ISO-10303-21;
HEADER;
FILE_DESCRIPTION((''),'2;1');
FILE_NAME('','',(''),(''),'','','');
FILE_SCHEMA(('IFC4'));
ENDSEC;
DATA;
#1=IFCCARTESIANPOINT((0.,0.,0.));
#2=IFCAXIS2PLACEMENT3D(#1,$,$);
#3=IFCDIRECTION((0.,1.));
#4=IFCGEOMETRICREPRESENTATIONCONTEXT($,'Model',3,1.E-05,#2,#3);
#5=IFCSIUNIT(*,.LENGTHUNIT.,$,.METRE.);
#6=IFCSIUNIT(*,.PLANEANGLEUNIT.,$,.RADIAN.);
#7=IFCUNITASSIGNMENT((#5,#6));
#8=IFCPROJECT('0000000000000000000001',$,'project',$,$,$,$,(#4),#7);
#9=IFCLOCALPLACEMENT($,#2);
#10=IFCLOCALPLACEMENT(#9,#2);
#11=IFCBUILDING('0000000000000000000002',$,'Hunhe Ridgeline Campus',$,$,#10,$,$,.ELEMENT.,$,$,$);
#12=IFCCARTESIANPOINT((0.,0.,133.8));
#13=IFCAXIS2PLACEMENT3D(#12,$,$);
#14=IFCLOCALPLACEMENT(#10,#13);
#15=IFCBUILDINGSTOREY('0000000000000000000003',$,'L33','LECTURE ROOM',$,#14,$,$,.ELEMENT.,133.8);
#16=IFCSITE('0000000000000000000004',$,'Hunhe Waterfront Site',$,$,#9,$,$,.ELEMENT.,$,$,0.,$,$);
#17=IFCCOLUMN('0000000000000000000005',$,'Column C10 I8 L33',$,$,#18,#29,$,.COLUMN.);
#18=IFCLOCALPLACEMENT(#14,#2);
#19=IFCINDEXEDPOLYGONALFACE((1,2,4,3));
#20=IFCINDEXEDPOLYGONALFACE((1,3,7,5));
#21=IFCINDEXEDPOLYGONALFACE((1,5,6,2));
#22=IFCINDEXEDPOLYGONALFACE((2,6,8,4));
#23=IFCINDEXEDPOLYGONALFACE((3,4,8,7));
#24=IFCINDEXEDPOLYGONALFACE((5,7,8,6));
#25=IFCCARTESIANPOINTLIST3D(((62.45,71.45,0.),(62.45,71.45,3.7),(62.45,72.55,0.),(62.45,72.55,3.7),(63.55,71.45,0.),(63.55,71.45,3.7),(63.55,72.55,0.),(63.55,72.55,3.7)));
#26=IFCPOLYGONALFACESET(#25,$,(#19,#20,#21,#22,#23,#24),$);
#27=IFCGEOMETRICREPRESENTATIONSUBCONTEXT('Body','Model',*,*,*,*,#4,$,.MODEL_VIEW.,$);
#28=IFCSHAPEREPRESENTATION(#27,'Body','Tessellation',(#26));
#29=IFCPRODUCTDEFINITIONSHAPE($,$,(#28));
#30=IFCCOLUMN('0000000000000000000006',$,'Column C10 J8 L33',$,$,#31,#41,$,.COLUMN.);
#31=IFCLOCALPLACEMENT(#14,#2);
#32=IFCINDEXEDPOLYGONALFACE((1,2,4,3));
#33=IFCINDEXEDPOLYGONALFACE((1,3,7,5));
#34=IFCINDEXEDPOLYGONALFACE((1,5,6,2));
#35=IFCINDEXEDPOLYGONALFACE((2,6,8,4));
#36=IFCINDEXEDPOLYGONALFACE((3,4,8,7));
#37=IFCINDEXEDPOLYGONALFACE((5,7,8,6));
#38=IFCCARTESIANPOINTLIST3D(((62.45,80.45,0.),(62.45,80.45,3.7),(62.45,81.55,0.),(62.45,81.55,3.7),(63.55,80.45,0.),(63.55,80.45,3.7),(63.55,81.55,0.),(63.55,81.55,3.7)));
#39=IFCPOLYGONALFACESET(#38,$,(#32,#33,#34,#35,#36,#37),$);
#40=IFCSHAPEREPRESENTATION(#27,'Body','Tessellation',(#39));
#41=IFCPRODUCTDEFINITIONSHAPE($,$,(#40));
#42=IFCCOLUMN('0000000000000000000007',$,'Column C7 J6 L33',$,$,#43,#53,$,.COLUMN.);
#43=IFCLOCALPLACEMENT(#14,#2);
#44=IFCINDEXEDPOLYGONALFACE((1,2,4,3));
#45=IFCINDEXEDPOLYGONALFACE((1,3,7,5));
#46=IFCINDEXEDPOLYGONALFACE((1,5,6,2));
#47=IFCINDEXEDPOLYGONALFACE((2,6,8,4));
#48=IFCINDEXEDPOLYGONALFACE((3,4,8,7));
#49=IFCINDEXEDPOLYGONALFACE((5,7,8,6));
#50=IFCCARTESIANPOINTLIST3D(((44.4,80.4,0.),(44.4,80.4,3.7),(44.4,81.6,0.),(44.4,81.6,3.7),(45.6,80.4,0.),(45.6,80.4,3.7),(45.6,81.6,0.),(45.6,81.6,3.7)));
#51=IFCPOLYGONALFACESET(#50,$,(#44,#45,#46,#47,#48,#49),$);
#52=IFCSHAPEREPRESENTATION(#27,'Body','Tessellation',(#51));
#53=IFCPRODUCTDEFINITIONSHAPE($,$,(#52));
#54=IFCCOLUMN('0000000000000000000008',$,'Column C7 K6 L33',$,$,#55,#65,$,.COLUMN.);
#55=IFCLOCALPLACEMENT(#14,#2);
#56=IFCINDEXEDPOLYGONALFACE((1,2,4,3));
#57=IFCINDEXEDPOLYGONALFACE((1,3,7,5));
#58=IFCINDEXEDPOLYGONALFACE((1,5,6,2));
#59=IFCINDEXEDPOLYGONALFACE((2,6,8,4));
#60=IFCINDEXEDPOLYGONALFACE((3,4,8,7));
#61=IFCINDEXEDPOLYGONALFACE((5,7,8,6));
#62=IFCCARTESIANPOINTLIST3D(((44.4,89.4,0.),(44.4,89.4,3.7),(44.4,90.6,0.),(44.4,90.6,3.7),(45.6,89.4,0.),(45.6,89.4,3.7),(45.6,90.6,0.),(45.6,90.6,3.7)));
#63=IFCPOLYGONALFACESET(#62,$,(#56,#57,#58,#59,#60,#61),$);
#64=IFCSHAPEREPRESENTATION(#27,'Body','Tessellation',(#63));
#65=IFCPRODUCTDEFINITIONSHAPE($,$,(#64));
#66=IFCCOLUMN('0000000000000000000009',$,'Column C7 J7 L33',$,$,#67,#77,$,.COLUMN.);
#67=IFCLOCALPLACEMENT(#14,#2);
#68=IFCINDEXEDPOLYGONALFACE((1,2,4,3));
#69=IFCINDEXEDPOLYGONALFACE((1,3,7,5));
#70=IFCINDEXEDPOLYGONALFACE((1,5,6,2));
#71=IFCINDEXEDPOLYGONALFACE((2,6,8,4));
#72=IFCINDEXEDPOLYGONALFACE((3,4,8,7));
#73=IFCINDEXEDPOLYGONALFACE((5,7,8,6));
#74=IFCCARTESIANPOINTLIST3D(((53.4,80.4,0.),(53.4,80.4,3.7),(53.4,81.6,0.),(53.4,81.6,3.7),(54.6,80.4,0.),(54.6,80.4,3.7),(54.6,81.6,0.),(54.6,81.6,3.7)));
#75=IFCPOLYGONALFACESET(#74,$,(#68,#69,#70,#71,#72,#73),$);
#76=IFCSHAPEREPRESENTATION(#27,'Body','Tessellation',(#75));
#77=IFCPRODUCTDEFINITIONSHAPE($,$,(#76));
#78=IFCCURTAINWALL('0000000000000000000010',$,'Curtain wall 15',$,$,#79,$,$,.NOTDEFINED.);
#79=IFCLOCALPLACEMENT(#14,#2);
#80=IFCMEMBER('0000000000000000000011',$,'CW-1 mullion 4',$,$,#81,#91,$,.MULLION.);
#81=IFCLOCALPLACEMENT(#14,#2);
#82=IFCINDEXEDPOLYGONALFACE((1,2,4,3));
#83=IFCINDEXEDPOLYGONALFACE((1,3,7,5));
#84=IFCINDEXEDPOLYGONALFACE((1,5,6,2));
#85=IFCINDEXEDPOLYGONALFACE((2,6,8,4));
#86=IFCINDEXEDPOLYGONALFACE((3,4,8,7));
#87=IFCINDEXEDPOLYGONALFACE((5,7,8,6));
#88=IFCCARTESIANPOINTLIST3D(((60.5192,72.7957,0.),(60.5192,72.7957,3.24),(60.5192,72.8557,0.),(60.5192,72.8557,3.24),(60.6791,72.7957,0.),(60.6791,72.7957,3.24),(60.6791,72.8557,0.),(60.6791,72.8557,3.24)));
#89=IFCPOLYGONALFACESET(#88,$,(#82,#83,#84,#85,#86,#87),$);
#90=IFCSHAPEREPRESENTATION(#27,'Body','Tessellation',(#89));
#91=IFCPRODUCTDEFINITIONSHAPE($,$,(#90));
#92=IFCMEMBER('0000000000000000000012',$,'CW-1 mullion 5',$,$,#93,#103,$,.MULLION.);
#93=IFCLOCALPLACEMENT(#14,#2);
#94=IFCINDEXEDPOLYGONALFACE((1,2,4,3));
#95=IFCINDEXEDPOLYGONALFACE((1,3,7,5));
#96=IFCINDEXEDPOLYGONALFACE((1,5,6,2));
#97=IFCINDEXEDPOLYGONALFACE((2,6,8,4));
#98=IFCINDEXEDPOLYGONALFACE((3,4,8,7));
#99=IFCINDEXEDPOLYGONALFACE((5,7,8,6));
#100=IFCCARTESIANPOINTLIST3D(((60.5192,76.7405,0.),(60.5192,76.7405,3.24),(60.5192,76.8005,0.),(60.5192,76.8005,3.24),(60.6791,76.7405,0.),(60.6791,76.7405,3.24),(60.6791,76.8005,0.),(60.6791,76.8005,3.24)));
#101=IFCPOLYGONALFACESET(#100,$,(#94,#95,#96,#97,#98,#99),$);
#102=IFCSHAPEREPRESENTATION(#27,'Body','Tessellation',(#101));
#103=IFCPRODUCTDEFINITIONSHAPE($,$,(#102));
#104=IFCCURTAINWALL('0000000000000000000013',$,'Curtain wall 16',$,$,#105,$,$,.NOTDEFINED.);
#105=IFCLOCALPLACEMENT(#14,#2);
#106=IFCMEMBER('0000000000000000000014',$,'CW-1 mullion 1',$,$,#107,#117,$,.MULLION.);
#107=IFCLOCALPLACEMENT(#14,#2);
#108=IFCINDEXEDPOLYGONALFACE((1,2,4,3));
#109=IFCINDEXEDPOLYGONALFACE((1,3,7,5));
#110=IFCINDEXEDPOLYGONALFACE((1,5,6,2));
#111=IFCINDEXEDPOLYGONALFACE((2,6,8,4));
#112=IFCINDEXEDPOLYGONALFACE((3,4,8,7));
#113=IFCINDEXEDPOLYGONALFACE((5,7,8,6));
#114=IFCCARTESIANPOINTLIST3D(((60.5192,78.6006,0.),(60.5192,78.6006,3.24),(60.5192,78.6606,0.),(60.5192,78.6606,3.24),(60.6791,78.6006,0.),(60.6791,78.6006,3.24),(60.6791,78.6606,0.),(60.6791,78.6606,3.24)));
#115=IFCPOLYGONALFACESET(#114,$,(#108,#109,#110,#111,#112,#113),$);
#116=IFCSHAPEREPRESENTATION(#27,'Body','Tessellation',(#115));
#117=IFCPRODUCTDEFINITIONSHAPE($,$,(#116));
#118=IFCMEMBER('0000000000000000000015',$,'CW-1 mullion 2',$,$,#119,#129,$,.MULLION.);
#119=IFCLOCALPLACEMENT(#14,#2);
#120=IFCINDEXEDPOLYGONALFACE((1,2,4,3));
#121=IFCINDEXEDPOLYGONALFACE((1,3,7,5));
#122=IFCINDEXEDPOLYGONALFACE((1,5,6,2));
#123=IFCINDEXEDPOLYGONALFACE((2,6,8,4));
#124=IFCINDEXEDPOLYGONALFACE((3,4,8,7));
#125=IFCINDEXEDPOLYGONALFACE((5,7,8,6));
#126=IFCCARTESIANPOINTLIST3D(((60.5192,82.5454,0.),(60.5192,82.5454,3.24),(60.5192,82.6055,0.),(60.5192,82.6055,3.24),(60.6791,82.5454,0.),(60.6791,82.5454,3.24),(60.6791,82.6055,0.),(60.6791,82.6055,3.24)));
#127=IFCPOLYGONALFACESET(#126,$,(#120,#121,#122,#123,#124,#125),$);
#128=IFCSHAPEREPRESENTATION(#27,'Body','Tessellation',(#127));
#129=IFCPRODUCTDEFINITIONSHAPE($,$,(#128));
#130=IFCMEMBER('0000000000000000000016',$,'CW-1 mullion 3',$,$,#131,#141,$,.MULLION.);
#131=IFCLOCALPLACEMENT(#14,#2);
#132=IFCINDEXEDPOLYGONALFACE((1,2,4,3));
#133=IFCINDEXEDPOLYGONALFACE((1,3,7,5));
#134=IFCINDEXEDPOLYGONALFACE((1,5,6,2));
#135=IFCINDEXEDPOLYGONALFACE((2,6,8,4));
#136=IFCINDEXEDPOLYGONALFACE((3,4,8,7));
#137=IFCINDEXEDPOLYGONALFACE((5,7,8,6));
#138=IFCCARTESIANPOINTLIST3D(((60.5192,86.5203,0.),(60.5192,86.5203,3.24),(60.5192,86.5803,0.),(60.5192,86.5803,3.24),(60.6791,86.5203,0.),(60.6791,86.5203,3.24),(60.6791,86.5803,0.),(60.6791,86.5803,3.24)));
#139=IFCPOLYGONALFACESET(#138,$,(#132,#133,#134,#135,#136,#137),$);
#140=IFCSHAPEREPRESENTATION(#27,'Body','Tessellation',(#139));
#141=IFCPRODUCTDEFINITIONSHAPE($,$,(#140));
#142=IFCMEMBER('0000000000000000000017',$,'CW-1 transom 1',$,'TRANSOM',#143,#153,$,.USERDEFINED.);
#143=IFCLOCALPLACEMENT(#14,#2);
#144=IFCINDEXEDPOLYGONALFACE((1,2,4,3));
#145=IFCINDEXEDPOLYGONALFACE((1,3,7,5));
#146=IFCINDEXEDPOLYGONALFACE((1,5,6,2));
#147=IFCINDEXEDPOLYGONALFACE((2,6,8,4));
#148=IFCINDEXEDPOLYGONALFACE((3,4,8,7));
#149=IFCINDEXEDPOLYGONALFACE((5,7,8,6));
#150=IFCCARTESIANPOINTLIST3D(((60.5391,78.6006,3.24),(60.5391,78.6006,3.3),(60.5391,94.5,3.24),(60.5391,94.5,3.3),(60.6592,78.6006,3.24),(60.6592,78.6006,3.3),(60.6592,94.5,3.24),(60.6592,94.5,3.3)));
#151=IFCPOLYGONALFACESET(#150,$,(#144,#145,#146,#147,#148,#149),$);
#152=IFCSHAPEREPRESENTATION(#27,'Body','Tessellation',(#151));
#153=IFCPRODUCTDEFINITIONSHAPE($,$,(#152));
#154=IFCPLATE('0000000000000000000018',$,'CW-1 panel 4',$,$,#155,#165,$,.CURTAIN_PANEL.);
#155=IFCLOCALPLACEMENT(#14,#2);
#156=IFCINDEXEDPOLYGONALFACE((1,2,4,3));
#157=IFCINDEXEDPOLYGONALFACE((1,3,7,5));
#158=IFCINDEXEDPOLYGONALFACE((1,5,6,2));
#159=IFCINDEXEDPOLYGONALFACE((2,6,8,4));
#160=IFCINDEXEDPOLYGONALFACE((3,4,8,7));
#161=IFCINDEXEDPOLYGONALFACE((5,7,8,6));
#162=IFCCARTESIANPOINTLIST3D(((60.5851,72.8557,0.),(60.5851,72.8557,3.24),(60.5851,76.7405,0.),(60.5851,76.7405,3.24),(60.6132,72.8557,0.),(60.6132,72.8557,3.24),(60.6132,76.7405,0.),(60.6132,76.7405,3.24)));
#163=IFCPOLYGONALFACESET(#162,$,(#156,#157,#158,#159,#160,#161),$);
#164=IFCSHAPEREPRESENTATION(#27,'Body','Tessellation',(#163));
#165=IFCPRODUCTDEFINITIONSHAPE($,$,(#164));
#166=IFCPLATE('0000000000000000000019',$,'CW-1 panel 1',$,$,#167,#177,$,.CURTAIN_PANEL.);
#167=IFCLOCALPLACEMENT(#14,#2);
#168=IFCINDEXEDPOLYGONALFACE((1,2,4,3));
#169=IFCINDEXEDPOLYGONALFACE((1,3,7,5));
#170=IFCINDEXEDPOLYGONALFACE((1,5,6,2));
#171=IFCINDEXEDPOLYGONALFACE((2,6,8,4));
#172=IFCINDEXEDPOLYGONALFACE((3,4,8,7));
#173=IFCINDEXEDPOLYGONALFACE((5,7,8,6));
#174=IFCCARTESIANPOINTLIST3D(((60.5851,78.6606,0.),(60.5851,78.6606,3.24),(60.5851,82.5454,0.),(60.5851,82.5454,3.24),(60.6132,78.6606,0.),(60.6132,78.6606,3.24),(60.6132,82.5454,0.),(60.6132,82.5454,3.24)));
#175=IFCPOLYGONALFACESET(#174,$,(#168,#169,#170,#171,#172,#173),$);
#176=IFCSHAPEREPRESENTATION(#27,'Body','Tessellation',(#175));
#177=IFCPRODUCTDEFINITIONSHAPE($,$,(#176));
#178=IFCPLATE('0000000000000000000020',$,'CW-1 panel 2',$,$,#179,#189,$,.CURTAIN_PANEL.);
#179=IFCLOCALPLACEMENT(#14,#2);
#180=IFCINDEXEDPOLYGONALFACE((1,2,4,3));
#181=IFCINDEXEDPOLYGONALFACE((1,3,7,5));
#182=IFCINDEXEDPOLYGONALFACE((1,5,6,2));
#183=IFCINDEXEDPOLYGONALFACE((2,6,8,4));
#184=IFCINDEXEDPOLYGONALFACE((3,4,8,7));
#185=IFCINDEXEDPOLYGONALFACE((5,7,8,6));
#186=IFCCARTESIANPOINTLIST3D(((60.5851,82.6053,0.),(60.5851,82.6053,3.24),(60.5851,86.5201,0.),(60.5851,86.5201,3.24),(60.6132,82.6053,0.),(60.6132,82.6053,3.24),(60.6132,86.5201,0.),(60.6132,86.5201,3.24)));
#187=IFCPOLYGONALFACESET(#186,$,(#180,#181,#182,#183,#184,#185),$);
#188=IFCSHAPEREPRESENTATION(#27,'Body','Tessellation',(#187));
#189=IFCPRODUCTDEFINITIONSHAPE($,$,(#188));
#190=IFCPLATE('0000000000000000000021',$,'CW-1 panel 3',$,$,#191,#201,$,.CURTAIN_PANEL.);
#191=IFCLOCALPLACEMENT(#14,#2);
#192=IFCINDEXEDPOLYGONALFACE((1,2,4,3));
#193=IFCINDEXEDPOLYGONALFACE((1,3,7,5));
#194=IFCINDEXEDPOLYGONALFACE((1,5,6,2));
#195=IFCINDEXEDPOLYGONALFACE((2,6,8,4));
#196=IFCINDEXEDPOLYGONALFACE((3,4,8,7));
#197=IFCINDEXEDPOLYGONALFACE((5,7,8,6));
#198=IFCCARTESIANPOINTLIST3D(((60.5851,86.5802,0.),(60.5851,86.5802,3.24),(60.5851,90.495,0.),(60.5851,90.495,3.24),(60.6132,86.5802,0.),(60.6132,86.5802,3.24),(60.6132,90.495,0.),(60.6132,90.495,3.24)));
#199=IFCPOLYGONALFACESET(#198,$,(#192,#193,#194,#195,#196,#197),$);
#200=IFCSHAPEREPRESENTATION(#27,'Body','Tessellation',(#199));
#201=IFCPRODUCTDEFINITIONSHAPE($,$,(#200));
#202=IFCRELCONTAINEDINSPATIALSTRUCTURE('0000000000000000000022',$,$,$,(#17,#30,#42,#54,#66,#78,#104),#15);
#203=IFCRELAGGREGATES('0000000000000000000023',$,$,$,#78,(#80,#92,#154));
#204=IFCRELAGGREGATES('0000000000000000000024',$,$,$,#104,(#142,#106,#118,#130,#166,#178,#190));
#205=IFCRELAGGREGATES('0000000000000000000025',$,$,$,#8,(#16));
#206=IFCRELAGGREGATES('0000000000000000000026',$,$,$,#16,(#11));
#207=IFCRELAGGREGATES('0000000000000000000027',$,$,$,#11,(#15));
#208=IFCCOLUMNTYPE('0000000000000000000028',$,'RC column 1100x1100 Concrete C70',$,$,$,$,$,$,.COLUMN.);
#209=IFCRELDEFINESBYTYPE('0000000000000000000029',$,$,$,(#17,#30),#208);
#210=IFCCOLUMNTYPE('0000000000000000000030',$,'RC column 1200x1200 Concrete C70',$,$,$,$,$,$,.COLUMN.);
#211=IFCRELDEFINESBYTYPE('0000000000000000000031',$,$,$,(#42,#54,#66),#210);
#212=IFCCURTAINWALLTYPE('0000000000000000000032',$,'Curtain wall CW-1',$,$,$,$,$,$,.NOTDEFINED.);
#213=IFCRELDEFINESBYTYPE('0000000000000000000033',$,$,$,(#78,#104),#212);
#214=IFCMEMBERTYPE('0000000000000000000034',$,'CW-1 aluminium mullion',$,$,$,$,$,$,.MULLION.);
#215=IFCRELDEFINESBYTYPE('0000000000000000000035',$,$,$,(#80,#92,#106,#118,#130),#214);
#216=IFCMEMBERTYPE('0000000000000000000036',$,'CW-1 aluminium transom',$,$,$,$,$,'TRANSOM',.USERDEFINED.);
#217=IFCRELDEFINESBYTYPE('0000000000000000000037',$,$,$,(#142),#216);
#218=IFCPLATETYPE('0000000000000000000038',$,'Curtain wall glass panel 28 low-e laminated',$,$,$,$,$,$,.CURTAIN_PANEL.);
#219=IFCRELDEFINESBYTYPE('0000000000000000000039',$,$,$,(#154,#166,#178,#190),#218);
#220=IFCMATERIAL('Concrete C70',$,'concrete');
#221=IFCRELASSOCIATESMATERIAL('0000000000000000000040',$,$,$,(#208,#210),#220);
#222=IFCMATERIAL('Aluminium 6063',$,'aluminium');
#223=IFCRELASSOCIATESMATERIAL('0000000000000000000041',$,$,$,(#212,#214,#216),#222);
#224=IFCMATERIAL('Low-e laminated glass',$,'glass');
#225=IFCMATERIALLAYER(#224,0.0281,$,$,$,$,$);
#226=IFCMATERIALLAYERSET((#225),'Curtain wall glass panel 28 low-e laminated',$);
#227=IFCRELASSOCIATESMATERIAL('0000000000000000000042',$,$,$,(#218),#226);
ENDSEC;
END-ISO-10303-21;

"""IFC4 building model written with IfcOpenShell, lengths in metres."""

from ifc_helpers import new_model, si_unit, direction, frame, origin, origin_2d, place, context, subcontext, project, spatial, rectangle, extrude, material, layer, layer_set, material_profile, profile_set, type_object, element, aggregate, save


model = new_model("IFC4")

# Units and contexts
model_context = context("Model", 3, precision=1e-05, world=origin(), true_north=direction((0.0, 1.0)))
body_context = subcontext(model_context, "Body", "Model", "MODEL_VIEW")
ifc_project = project(units=[si_unit("LENGTHUNIT", "METRE"), si_unit("PLANEANGLEUNIT", "RADIAN")], contexts=[model_context])

# Site, building, storey
site_placement = place(None, origin())
site = spatial("IfcSite", under=ifc_project, at=site_placement, Name="Hunhe Waterfront Site", CompositionType="ELEMENT", RefElevation=0.0)
building_placement = place(site_placement, origin())
building = spatial("IfcBuilding", under=site, at=building_placement, Name="Hunhe Ridgeline Campus", CompositionType="ELEMENT")
storey_placement = place(building_placement, frame((0.0, 0.0, 133.8)))
storey = spatial("IfcBuildingStorey", under=building, at=storey_placement, Name="L33", Description="LECTURE ROOM", CompositionType="ELEMENT", Elevation=133.8)

# Columns
ifc_material_1 = material(Name="Concrete C70", Category="concrete")
ifc_material_profile_1 = material_profile(ifc_material_1, rectangle(XDim=1.1001, YDim=1.1001, at=origin_2d()))
ifc_profile_set_1 = profile_set([ifc_material_profile_1], Name="Concrete C70")
column_type_1 = type_object("IfcColumnType", Name="RC column 1100x1100 Concrete C70", PredefinedType="COLUMN", material=ifc_profile_set_1)
for number, where, z_axis, x_axis, name in (
    (1, (63.0, 72.0, 0.0), (0.0, 0.0, 1.0), (1.0, 0.0, 0.0), "Column C10 I8 L33"),
    (2, (63.0, 81.0, 0.0), (0.0, 0.0, 1.0), (1.0, 0.0, 0.0), "Column C10 J8 L33"),
):
    element("IfcColumn", number, at=place(storey_placement, frame(where, z_axis=z_axis, x_axis=x_axis)), inside=storey, type_object=column_type_1, Name=name, PredefinedType="COLUMN", context=body_context, shape_type="SweptSolid", body=[
        extrude(rectangle(XDim=1.1001, YDim=1.1001, at=origin_2d()), origin(), (0.0, 0.0, 1.0), 3.7),
    ])
ifc_material_profile_2 = material_profile(ifc_material_1, rectangle(XDim=1.2, YDim=1.2, at=origin_2d()))
ifc_profile_set_2 = profile_set([ifc_material_profile_2], Name="Concrete C70")
column_type_2 = type_object("IfcColumnType", Name="RC column 1200x1200 Concrete C70", PredefinedType="COLUMN", material=ifc_profile_set_2)
for number, where, z_axis, x_axis, name in (
    (3, (45.0, 81.0, 0.0), (0.0, 0.0, 1.0), (1.0, 0.0, 0.0), "Column C7 J6 L33"),
    (4, (45.0, 90.0, 0.0), (0.0, 0.0, 1.0), (1.0, 0.0, 0.0), "Column C7 K6 L33"),
    (5, (54.0, 81.0, 0.0), (0.0, 0.0, 1.0), (1.0, 0.0, 0.0), "Column C7 J7 L33"),
):
    element("IfcColumn", number, at=place(storey_placement, frame(where, z_axis=z_axis, x_axis=x_axis)), inside=storey, type_object=column_type_2, Name=name, PredefinedType="COLUMN", context=body_context, shape_type="SweptSolid", body=[
        extrude(rectangle(XDim=1.2, YDim=1.2, at=origin_2d()), origin(), (0.0, 0.0, 1.0), 3.7),
    ])

# Curtain walls, members
ifc_material_2 = material(Name="Aluminium 6063", Category="aluminium")
curtain_wall_type = type_object("IfcCurtainWallType", Name="Curtain wall CW-1", PredefinedType="NOTDEFINED", material=ifc_material_2)
curtain_wall_1_placement = place(storey_placement, origin())
curtain_wall_1 = element("IfcCurtainWall", 6, at=curtain_wall_1_placement, inside=storey, type_object=curtain_wall_type, Name="Curtain wall 15", PredefinedType="NOTDEFINED")
ifc_material_profile_3 = material_profile(ifc_material_2, rectangle(XDim=0.1599, YDim=0.0601, at=origin_2d()))
ifc_profile_set_3 = profile_set([ifc_material_profile_3], Name="Aluminium 6063")
member_type_1 = type_object("IfcMemberType", Name="CW-1 aluminium mullion", PredefinedType="MULLION", material=ifc_profile_set_3)
member_1_placement = place(storey_placement, frame((60.5991, 72.8257, 0.0), z_axis=(0.0, 0.0, 1.0), x_axis=(-1.0, 0.0, 0.0)))
member_1 = element("IfcMember", 7, at=member_1_placement, type_object=member_type_1, Name="CW-1 mullion 4", PredefinedType="MULLION", context=body_context, shape_type="SweptSolid", body=[
    extrude(rectangle(XDim=0.1599, YDim=0.0601, at=origin_2d()), origin(), (0.0, 0.0, 1.0), 3.24),
])
member_2_placement = place(storey_placement, frame((60.5991, 76.7705, 0.0), z_axis=(0.0, 0.0, 1.0), x_axis=(-1.0, 0.0, 0.0)))
member_2 = element("IfcMember", 8, at=member_2_placement, type_object=member_type_1, Name="CW-1 mullion 5", PredefinedType="MULLION", context=body_context, shape_type="SweptSolid", body=[
    extrude(rectangle(XDim=0.1599, YDim=0.0601, at=origin_2d()), origin(), (0.0, 0.0, 1.0), 3.24),
])
curtain_wall_2_placement = place(storey_placement, origin())
curtain_wall_2 = element("IfcCurtainWall", 9, at=curtain_wall_2_placement, inside=storey, type_object=curtain_wall_type, Name="Curtain wall 16", PredefinedType="NOTDEFINED")
member_3_placement = place(storey_placement, frame((60.5991, 78.6306, 0.0), z_axis=(0.0, 0.0, 1.0), x_axis=(-1.0, 0.0, 0.0)))
member_3 = element("IfcMember", 10, at=member_3_placement, type_object=member_type_1, Name="CW-1 mullion 1", PredefinedType="MULLION", context=body_context, shape_type="SweptSolid", body=[
    extrude(rectangle(XDim=0.1599, YDim=0.0601, at=origin_2d()), origin(), (0.0, 0.0, 1.0), 3.24),
])
member_4_placement = place(storey_placement, frame((60.5991, 82.5754, 0.0), z_axis=(0.0, 0.0, 1.0), x_axis=(-1.0, 0.0, 0.0)))
member_4 = element("IfcMember", 11, at=member_4_placement, type_object=member_type_1, Name="CW-1 mullion 2", PredefinedType="MULLION", context=body_context, shape_type="SweptSolid", body=[
    extrude(rectangle(XDim=0.1599, YDim=0.0601, at=origin_2d()), origin(), (0.0, 0.0, 1.0), 3.24),
])
member_5_placement = place(storey_placement, frame((60.5991, 86.5503, 0.0), z_axis=(0.0, 0.0, 1.0), x_axis=(-1.0, 0.0, 0.0)))
member_5 = element("IfcMember", 12, at=member_5_placement, type_object=member_type_1, Name="CW-1 mullion 3", PredefinedType="MULLION", context=body_context, shape_type="SweptSolid", body=[
    extrude(rectangle(XDim=0.1599, YDim=0.0601, at=origin_2d()), origin(), (0.0, 0.0, 1.0), 3.24),
])
ifc_material_profile_4 = material_profile(ifc_material_2, rectangle(XDim=0.1201, YDim=0.0601, at=origin_2d()))
ifc_profile_set_4 = profile_set([ifc_material_profile_4], Name="Aluminium 6063")
member_type_2 = type_object("IfcMemberType", Name="CW-1 aluminium transom", ElementType="TRANSOM", PredefinedType="USERDEFINED", material=ifc_profile_set_4)
member_6_placement = place(storey_placement, frame((60.5991, 78.6006, 3.27), z_axis=(0.0, 1.0, 0.0), x_axis=(-1.0, 0.0, 0.0)))
member_6 = element("IfcMember", 13, at=member_6_placement, type_object=member_type_2, Name="CW-1 transom 1", ObjectType="TRANSOM", PredefinedType="USERDEFINED", context=body_context, shape_type="SweptSolid", body=[
    extrude(rectangle(XDim=0.1201, YDim=0.0601, at=origin_2d()), origin(), (0.0, 0.0, 1.0), 15.8994),
])

# Plates
ifc_material_3 = material(Name="Low-e laminated glass", Category="glass")
ifc_layer_1 = layer(ifc_material_3, 0.0281)
ifc_layer_set_1 = layer_set([ifc_layer_1], Name="Curtain wall glass panel 28 low-e laminated")
plate_type = type_object("IfcPlateType", Name="Curtain wall glass panel 28 low-e laminated", PredefinedType="CURTAIN_PANEL", material=ifc_layer_set_1)
plate_1_placement = place(storey_placement, frame((60.5991, 74.7981, 0.0), z_axis=(0.0, 0.0, 1.0), x_axis=(0.0, 1.0, 0.0)))
plate_1 = element("IfcPlate", 14, at=plate_1_placement, type_object=plate_type, Name="CW-1 panel 4", PredefinedType="CURTAIN_PANEL", context=body_context, shape_type="SweptSolid", body=[
    extrude(rectangle(XDim=3.8848, YDim=0.0281, at=origin_2d()), origin(), (0.0, 0.0, 1.0), 3.24),
])
aggregate(curtain_wall_1, [member_1, member_2, plate_1])
plate_2_placement = place(storey_placement, frame((60.5991, 80.603, 0.0), z_axis=(0.0, 0.0, 1.0), x_axis=(0.0, 1.0, 0.0)))
plate_2 = element("IfcPlate", 15, at=plate_2_placement, type_object=plate_type, Name="CW-1 panel 1", PredefinedType="CURTAIN_PANEL", context=body_context, shape_type="SweptSolid", body=[
    extrude(rectangle(XDim=3.8848, YDim=0.0281, at=origin_2d()), origin(), (0.0, 0.0, 1.0), 3.24),
])
plate_3_placement = place(storey_placement, frame((60.5991, 84.5627, 0.0), z_axis=(0.0, 0.0, 1.0), x_axis=(0.0, 1.0, 0.0)))
plate_3 = element("IfcPlate", 16, at=plate_3_placement, type_object=plate_type, Name="CW-1 panel 2", PredefinedType="CURTAIN_PANEL", context=body_context, shape_type="SweptSolid", body=[
    extrude(rectangle(XDim=3.9148, YDim=0.0281, at=origin_2d()), origin(), (0.0, 0.0, 1.0), 3.24),
])
plate_4_placement = place(storey_placement, frame((60.5991, 88.5376, 0.0), z_axis=(0.0, 0.0, 1.0), x_axis=(0.0, 1.0, 0.0)))
plate_4 = element("IfcPlate", 17, at=plate_4_placement, type_object=plate_type, Name="CW-1 panel 3", PredefinedType="CURTAIN_PANEL", context=body_context, shape_type="SweptSolid", body=[
    extrude(rectangle(XDim=3.9148, YDim=0.0281, at=origin_2d()), origin(), (0.0, 0.0, 1.0), 3.24),
])
aggregate(curtain_wall_2, [member_6, member_3, member_4, member_5, plate_2, plate_3, plate_4])

save(model, "model.ifc")
